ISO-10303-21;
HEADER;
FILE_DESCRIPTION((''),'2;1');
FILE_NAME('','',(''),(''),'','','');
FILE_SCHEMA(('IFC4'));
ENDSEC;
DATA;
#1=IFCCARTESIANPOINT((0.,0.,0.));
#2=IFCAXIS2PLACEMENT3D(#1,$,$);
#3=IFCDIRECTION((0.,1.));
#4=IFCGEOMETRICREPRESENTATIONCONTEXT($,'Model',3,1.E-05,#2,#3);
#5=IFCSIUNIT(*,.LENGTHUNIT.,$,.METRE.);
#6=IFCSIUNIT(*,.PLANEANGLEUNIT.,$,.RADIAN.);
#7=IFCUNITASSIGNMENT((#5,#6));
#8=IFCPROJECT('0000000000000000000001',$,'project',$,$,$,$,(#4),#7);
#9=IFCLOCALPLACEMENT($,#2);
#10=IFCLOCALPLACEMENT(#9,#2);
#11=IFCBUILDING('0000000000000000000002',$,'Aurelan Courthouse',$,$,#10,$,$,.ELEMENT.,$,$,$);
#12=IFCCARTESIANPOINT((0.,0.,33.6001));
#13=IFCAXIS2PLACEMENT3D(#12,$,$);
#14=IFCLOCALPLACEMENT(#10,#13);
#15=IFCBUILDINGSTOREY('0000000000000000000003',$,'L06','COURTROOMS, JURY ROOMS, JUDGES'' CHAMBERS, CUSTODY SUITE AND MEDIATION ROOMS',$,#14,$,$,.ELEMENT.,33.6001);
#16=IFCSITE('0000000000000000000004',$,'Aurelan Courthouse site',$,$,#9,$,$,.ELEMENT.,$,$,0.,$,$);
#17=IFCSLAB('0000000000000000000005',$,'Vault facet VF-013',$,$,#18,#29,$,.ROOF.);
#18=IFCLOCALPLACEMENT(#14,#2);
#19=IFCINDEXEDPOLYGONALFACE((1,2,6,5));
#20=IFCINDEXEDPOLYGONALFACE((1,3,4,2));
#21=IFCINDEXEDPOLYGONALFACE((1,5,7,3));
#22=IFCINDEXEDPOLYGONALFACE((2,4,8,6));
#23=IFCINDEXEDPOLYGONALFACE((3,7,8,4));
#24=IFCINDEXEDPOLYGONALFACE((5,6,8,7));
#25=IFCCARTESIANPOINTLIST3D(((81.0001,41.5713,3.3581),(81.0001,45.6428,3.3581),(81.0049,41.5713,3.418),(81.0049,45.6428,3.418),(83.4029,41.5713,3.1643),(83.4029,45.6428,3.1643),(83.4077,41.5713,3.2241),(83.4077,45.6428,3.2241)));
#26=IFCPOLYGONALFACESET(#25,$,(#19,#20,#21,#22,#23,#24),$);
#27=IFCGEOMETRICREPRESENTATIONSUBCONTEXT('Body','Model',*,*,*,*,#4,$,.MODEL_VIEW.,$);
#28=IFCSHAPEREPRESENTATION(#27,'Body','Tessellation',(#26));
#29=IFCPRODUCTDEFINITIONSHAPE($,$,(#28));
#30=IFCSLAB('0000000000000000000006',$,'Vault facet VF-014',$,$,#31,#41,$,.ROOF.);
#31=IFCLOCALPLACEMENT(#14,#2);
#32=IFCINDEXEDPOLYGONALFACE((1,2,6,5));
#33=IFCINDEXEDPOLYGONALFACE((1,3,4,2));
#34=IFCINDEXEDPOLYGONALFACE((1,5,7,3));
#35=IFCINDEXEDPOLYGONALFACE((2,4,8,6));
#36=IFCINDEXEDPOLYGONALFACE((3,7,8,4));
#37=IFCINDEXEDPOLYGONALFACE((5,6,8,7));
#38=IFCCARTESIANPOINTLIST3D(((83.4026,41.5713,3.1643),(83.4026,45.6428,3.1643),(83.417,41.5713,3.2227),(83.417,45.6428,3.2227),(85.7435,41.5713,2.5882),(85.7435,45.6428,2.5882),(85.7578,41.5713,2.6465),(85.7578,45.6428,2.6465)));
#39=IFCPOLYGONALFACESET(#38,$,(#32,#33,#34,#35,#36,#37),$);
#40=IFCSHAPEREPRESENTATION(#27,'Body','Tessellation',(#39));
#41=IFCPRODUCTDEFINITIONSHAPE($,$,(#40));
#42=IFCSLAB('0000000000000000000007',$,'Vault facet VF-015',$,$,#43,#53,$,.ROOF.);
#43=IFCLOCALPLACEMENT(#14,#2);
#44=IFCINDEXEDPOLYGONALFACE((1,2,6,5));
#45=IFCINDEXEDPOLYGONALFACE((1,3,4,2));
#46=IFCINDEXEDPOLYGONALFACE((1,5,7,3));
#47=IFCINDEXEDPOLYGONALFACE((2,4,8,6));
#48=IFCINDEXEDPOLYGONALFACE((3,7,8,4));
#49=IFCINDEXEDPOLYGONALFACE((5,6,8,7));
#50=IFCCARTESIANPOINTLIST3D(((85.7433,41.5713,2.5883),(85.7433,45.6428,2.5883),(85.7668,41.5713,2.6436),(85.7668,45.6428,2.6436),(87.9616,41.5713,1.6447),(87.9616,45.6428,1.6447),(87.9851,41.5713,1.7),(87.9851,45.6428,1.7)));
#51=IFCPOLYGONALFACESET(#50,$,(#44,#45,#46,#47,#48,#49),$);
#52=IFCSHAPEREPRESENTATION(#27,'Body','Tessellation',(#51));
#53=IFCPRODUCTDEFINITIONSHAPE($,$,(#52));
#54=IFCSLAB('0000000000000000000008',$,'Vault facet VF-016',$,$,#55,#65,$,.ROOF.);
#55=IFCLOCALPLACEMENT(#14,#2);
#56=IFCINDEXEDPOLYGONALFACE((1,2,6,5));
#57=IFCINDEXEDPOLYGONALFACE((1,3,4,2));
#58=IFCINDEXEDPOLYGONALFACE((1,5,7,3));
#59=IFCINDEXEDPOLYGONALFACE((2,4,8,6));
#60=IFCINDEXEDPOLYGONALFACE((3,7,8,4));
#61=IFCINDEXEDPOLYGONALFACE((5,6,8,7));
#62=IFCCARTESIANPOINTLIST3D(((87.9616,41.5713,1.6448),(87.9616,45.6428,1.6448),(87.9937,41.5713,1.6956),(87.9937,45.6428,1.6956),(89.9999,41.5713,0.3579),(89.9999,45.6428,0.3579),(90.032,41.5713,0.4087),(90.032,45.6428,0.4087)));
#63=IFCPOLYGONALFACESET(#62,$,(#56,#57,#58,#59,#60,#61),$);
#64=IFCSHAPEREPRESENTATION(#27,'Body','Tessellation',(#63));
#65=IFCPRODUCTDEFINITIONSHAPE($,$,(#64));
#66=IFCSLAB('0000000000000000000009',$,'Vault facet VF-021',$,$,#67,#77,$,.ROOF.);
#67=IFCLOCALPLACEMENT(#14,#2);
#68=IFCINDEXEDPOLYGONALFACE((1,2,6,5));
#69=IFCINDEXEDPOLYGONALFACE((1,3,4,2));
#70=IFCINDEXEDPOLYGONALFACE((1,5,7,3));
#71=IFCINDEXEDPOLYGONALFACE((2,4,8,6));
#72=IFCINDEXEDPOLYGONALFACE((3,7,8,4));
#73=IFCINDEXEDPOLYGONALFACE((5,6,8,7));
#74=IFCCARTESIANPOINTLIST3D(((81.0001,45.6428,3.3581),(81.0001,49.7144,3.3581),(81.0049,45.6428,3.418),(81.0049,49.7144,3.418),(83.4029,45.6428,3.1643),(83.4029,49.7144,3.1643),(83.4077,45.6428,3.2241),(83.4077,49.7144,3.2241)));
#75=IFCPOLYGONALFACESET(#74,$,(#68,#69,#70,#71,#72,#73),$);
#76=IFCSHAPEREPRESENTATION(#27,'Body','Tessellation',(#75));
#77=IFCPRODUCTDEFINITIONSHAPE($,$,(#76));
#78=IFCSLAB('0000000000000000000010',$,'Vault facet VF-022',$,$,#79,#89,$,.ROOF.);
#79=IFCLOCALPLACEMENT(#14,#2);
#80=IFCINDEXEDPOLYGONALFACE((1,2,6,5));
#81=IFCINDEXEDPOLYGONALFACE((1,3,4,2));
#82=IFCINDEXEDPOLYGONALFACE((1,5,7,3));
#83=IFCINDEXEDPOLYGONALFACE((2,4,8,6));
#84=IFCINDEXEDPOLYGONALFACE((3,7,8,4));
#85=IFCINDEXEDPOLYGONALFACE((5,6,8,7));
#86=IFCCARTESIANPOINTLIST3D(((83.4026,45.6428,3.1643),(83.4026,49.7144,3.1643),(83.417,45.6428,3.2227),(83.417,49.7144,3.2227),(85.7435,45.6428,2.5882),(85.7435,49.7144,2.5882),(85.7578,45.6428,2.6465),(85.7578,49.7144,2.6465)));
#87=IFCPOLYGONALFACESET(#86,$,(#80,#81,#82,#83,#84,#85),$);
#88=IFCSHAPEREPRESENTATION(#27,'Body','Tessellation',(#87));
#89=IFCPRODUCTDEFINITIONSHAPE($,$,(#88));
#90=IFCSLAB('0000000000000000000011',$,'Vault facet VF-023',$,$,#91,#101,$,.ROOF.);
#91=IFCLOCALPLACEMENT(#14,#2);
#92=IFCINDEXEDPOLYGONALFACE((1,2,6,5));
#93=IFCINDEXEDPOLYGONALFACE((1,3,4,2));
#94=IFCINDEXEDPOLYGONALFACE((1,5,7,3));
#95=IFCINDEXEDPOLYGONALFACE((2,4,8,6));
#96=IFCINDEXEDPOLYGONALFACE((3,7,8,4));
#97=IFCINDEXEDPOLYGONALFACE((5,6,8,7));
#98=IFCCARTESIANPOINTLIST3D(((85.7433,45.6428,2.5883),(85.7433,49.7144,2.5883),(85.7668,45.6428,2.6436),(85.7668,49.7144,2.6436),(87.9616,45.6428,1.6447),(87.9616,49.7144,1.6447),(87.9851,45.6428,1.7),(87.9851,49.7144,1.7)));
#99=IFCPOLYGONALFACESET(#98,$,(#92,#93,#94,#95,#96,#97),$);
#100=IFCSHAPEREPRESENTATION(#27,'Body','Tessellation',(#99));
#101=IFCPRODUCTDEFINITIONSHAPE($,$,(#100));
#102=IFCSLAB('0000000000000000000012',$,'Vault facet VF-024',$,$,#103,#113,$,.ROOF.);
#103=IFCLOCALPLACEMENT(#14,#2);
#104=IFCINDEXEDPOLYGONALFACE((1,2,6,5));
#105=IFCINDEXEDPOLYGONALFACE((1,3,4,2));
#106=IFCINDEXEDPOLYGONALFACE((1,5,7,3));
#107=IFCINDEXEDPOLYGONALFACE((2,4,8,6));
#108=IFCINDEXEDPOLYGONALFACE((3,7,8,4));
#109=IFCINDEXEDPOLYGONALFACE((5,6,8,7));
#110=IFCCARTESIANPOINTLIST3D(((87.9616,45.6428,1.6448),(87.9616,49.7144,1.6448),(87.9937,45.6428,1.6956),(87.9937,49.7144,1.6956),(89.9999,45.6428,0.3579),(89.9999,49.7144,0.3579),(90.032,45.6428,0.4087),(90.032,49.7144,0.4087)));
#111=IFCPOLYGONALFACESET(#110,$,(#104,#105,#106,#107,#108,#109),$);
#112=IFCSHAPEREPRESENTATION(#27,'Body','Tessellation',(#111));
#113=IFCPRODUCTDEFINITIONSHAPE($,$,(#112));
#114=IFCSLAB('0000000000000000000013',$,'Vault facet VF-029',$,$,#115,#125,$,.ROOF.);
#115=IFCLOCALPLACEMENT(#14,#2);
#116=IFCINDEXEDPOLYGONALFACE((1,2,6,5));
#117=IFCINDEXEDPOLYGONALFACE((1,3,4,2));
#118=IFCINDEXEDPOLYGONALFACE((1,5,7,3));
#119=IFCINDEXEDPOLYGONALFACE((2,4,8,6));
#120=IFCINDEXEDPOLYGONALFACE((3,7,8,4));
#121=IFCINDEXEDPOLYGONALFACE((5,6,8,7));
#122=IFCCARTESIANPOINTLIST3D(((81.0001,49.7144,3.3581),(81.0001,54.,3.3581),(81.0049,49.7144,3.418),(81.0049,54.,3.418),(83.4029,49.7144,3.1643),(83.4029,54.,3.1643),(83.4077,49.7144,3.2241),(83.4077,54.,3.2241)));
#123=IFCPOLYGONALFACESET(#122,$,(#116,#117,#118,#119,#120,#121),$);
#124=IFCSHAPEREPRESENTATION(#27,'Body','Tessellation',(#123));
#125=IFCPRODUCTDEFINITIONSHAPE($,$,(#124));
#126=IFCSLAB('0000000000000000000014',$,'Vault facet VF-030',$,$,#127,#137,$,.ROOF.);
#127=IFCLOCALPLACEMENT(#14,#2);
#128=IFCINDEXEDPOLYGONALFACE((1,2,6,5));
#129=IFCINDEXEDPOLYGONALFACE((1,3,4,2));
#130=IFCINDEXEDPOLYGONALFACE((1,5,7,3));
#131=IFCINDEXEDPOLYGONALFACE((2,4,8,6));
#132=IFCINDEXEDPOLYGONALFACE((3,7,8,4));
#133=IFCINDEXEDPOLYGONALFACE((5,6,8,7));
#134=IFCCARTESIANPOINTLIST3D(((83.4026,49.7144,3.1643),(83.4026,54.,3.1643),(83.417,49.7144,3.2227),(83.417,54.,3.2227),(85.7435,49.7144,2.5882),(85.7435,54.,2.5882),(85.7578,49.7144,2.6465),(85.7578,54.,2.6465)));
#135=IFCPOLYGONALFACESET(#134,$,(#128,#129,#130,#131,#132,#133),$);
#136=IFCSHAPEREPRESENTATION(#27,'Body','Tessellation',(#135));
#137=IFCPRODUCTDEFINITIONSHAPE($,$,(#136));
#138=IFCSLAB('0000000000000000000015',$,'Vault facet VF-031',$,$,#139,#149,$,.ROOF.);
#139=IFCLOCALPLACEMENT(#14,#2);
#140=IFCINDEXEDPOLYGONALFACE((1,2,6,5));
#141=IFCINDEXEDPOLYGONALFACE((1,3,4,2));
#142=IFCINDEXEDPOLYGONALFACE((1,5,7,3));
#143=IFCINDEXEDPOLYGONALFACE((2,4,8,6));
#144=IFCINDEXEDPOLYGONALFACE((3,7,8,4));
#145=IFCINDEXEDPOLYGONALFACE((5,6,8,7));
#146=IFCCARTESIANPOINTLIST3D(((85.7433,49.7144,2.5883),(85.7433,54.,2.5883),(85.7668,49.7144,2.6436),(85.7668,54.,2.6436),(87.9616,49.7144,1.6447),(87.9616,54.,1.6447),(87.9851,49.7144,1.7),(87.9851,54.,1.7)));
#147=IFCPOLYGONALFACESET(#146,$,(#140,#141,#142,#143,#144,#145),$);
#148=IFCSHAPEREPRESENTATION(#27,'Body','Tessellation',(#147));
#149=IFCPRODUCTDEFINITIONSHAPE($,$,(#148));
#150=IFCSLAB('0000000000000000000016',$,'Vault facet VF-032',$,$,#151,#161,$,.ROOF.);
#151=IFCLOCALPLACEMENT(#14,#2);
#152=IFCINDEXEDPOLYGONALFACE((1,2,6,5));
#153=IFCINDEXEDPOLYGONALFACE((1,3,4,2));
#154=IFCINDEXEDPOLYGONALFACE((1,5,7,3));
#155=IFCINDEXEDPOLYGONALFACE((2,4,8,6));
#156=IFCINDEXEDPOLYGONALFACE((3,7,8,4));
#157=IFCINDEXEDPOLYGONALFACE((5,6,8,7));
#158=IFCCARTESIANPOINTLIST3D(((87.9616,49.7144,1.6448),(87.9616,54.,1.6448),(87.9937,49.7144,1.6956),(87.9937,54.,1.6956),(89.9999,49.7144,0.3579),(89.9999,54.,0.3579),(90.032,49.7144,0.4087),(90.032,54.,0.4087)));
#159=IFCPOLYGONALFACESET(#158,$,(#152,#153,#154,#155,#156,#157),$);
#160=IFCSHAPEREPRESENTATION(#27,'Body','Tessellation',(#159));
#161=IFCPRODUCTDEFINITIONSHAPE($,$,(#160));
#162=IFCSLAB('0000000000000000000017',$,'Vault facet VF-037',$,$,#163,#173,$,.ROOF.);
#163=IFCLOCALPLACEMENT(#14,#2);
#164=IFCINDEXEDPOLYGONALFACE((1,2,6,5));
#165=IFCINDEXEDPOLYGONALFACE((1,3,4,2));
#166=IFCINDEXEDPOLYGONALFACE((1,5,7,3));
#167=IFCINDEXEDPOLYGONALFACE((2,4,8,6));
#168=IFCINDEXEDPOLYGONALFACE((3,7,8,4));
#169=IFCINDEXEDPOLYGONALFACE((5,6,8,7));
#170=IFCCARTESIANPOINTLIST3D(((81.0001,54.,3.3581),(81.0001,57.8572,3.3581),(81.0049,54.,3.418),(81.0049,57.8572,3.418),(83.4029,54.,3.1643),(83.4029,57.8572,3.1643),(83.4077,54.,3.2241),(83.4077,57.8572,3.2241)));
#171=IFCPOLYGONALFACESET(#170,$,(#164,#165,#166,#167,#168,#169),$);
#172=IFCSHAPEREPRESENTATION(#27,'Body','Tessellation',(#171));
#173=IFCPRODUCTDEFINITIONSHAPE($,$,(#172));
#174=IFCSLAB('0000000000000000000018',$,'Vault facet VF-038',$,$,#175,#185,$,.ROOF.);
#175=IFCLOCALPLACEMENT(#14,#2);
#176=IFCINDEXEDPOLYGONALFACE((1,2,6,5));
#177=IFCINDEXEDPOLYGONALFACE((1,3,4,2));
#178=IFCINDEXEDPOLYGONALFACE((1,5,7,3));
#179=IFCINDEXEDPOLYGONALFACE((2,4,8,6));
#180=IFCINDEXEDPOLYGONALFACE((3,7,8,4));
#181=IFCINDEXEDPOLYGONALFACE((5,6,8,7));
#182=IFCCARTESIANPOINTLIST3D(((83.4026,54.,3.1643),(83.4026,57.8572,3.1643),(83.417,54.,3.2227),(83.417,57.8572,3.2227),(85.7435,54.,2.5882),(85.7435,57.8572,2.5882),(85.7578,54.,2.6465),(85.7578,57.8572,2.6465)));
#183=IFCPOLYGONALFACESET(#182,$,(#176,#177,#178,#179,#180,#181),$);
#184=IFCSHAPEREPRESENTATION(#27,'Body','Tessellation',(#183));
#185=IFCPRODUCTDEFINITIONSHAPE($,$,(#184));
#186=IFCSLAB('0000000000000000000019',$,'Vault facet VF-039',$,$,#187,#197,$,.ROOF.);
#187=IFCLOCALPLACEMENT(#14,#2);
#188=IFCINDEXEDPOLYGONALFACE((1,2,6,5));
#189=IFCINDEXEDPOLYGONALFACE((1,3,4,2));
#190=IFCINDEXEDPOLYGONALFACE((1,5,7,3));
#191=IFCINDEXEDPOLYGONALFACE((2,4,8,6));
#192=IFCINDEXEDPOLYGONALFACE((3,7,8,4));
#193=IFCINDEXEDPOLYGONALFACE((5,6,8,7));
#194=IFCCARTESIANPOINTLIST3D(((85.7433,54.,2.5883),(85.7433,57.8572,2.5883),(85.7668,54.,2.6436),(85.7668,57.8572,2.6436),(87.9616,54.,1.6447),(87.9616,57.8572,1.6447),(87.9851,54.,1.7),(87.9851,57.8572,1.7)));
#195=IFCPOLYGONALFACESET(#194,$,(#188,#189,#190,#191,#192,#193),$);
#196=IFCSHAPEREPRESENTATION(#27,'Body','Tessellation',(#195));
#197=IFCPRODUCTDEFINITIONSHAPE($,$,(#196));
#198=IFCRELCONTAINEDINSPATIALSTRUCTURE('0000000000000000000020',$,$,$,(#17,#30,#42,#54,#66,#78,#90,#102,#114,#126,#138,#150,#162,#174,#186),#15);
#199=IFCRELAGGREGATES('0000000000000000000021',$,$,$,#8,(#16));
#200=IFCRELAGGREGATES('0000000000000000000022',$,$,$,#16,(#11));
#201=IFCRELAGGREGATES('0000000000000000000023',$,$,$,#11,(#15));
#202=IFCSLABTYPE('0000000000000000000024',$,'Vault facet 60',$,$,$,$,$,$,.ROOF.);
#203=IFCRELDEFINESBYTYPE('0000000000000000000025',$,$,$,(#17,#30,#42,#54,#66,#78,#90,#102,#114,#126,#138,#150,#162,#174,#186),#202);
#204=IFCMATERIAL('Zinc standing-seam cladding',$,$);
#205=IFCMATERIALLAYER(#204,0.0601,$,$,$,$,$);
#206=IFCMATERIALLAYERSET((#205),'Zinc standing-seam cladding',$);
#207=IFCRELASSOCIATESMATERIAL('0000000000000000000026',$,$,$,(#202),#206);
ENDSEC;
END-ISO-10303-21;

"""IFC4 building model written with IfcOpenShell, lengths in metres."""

from ifc_helpers import new_model, si_unit, direction, frame, origin, place, context, subcontext, project, spatial, polyline, outline, extrude, material, layer, layer_set, type_object, element, save


model = new_model("IFC4")

# Units and contexts
model_context = context("Model", 3, precision=1e-05, world=origin(), true_north=direction((0.0, 1.0)))
body_context = subcontext(model_context, "Body", "Model", "MODEL_VIEW")
ifc_project = project(units=[si_unit("LENGTHUNIT", "METRE"), si_unit("PLANEANGLEUNIT", "RADIAN")], contexts=[model_context])

# Site, building, storey
site_placement = place(None, origin())
site = spatial("IfcSite", under=ifc_project, at=site_placement, Name="Aurelan Courthouse site", CompositionType="ELEMENT", RefElevation=0.0)
building_placement = place(site_placement, origin())
building = spatial("IfcBuilding", under=site, at=building_placement, Name="Aurelan Courthouse", CompositionType="ELEMENT")
storey_placement = place(building_placement, frame((0.0, 0.0, 33.6001)))
storey = spatial("IfcBuildingStorey", under=building, at=storey_placement, Name="L06", Description="COURTROOMS, JURY ROOMS, JUDGES' CHAMBERS, CUSTODY SUITE AND MEDIATION ROOMS", CompositionType="ELEMENT", Elevation=33.6001)

# Slabs
ifc_material = material(Name="Zinc standing-seam cladding")
ifc_layer = layer(ifc_material, 0.0601)
ifc_layer_set = layer_set([ifc_layer], Name="Zinc standing-seam cladding")
slab_type = type_object("IfcSlabType", Name="Vault facet 60", PredefinedType="ROOF", material=ifc_layer_set)
slab_1_placement = place(storey_placement, frame((81.0049, 41.5713, 3.418), z_axis=(0.080413, 0.0, 0.996762), x_axis=(0.996762, 0.0, -0.080413)))
element("IfcSlab", 1, at=slab_1_placement, inside=storey, type_object=slab_type, Name="Vault facet VF-013", PredefinedType="ROOF", context=body_context, shape_type="SweptSolid", body=[
    extrude(outline(polyline([(0.0, 0.0), (2.4106, 0.0), (2.4106, 4.0715), (0.0, 4.0715), (0.0, 0.0)])), origin(), (0.0, 0.0, -1.0), 0.0601),
])
slab_2_placement = place(storey_placement, frame((83.417, 41.5713, 3.2227), z_axis=(0.239007, 0.0, 0.971018), x_axis=(0.971018, 0.0, -0.239007)))
element("IfcSlab", 2, at=slab_2_placement, inside=storey, type_object=slab_type, Name="Vault facet VF-014", PredefinedType="ROOF", context=body_context, shape_type="SweptSolid", body=[
    extrude(outline(polyline([(0.0, 0.0), (2.4107, 0.0), (2.4107, 4.0715), (0.0, 4.0715), (0.0, 0.0)])), origin(), (0.0, 0.0, -1.0), 0.0601),
])
slab_3_placement = place(storey_placement, frame((85.7668, 41.5713, 2.6436), z_axis=(0.391437, 0.0, 0.920205), x_axis=(0.920205, 0.0, -0.391437)))
element("IfcSlab", 3, at=slab_3_placement, inside=storey, type_object=slab_type, Name="Vault facet VF-015", PredefinedType="ROOF", context=body_context, shape_type="SweptSolid", body=[
    extrude(outline(polyline([(0.0, 0.0), (2.4106, 0.0), (2.4106, 4.0715), (0.0, 4.0715), (0.0, 0.0)])), origin(), (0.0, 0.0, -1.0), 0.0601),
])
slab_4_placement = place(storey_placement, frame((87.9937, 41.5713, 1.6956), z_axis=(0.533844, 0.0, 0.845583), x_axis=(0.845583, 0.0, -0.533844)))
element("IfcSlab", 4, at=slab_4_placement, inside=storey, type_object=slab_type, Name="Vault facet VF-016", PredefinedType="ROOF", context=body_context, shape_type="SweptSolid", body=[
    extrude(outline(polyline([(0.0, 0.0), (2.4106, 0.0), (2.4106, 4.0715), (0.0, 4.0715), (0.0, 0.0)])), origin(), (0.0, 0.0, -1.0), 0.0601),
])
slab_5_placement = place(storey_placement, frame((81.0049, 45.6428, 3.418), z_axis=(0.080413, 0.0, 0.996762), x_axis=(0.996762, 0.0, -0.080413)))
element("IfcSlab", 5, at=slab_5_placement, inside=storey, type_object=slab_type, Name="Vault facet VF-021", PredefinedType="ROOF", context=body_context, shape_type="SweptSolid", body=[
    extrude(outline(polyline([(0.0, 0.0), (2.4106, 0.0), (2.4106, 4.0715), (0.0, 4.0715), (0.0, 0.0)])), origin(), (0.0, 0.0, -1.0), 0.0601),
])
slab_6_placement = place(storey_placement, frame((83.417, 45.6428, 3.2227), z_axis=(0.239007, 0.0, 0.971018), x_axis=(0.971018, 0.0, -0.239007)))
element("IfcSlab", 6, at=slab_6_placement, inside=storey, type_object=slab_type, Name="Vault facet VF-022", PredefinedType="ROOF", context=body_context, shape_type="SweptSolid", body=[
    extrude(outline(polyline([(0.0, 0.0), (2.4107, 0.0), (2.4107, 4.0715), (0.0, 4.0715), (0.0, 0.0)])), origin(), (0.0, 0.0, -1.0), 0.0601),
])
slab_7_placement = place(storey_placement, frame((85.7668, 45.6428, 2.6436), z_axis=(0.391437, 0.0, 0.920205), x_axis=(0.920205, 0.0, -0.391437)))
element("IfcSlab", 7, at=slab_7_placement, inside=storey, type_object=slab_type, Name="Vault facet VF-023", PredefinedType="ROOF", context=body_context, shape_type="SweptSolid", body=[
    extrude(outline(polyline([(0.0, 0.0), (2.4106, 0.0), (2.4106, 4.0715), (0.0, 4.0715), (0.0, 0.0)])), origin(), (0.0, 0.0, -1.0), 0.0601),
])
slab_8_placement = place(storey_placement, frame((87.9937, 45.6428, 1.6956), z_axis=(0.533844, 0.0, 0.845583), x_axis=(0.845583, 0.0, -0.533844)))
element("IfcSlab", 8, at=slab_8_placement, inside=storey, type_object=slab_type, Name="Vault facet VF-024", PredefinedType="ROOF", context=body_context, shape_type="SweptSolid", body=[
    extrude(outline(polyline([(0.0, 0.0), (2.4106, 0.0), (2.4106, 4.0715), (0.0, 4.0715), (0.0, 0.0)])), origin(), (0.0, 0.0, -1.0), 0.0601),
])
slab_9_placement = place(storey_placement, frame((81.0049, 49.7144, 3.418), z_axis=(0.080413, 0.0, 0.996762), x_axis=(0.996762, 0.0, -0.080413)))
element("IfcSlab", 9, at=slab_9_placement, inside=storey, type_object=slab_type, Name="Vault facet VF-029", PredefinedType="ROOF", context=body_context, shape_type="SweptSolid", body=[
    extrude(outline(polyline([(0.0, 0.0), (2.4106, 0.0), (2.4106, 4.2856), (0.0, 4.2856), (0.0, 0.0)])), origin(), (0.0, 0.0, -1.0), 0.0601),
])
slab_10_placement = place(storey_placement, frame((83.417, 49.7144, 3.2227), z_axis=(0.239007, 0.0, 0.971018), x_axis=(0.971018, 0.0, -0.239007)))
element("IfcSlab", 10, at=slab_10_placement, inside=storey, type_object=slab_type, Name="Vault facet VF-030", PredefinedType="ROOF", context=body_context, shape_type="SweptSolid", body=[
    extrude(outline(polyline([(0.0, 0.0), (2.4107, 0.0), (2.4107, 4.2856), (0.0, 4.2856), (0.0, 0.0)])), origin(), (0.0, 0.0, -1.0), 0.0601),
])
slab_11_placement = place(storey_placement, frame((85.7668, 49.7144, 2.6436), z_axis=(0.391437, 0.0, 0.920205), x_axis=(0.920205, 0.0, -0.391437)))
element("IfcSlab", 11, at=slab_11_placement, inside=storey, type_object=slab_type, Name="Vault facet VF-031", PredefinedType="ROOF", context=body_context, shape_type="SweptSolid", body=[
    extrude(outline(polyline([(0.0, 0.0), (2.4106, 0.0), (2.4106, 4.2856), (0.0, 4.2856), (0.0, 0.0)])), origin(), (0.0, 0.0, -1.0), 0.0601),
])
slab_12_placement = place(storey_placement, frame((87.9937, 49.7144, 1.6956), z_axis=(0.533844, 0.0, 0.845583), x_axis=(0.845583, 0.0, -0.533844)))
element("IfcSlab", 12, at=slab_12_placement, inside=storey, type_object=slab_type, Name="Vault facet VF-032", PredefinedType="ROOF", context=body_context, shape_type="SweptSolid", body=[
    extrude(outline(polyline([(0.0, 0.0), (2.4106, 0.0), (2.4106, 4.2856), (0.0, 4.2856), (0.0, 0.0)])), origin(), (0.0, 0.0, -1.0), 0.0601),
])
slab_13_placement = place(storey_placement, frame((81.0049, 54.0, 3.418), z_axis=(0.080413, 0.0, 0.996762), x_axis=(0.996762, 0.0, -0.080413)))
element("IfcSlab", 13, at=slab_13_placement, inside=storey, type_object=slab_type, Name="Vault facet VF-037", PredefinedType="ROOF", context=body_context, shape_type="SweptSolid", body=[
    extrude(outline(polyline([(0.0, 0.0), (2.4106, 0.0), (2.4106, 3.8572), (0.0, 3.8572), (0.0, 0.0)])), origin(), (0.0, 0.0, -1.0), 0.0601),
])
slab_14_placement = place(storey_placement, frame((83.417, 54.0, 3.2227), z_axis=(0.239007, 0.0, 0.971018), x_axis=(0.971018, 0.0, -0.239007)))
element("IfcSlab", 14, at=slab_14_placement, inside=storey, type_object=slab_type, Name="Vault facet VF-038", PredefinedType="ROOF", context=body_context, shape_type="SweptSolid", body=[
    extrude(outline(polyline([(0.0, 0.0), (2.4107, 0.0), (2.4107, 3.8572), (0.0, 3.8572), (0.0, 0.0)])), origin(), (0.0, 0.0, -1.0), 0.0601),
])
slab_15_placement = place(storey_placement, frame((85.7668, 54.0, 2.6436), z_axis=(0.391437, 0.0, 0.920205), x_axis=(0.920205, 0.0, -0.391437)))
element("IfcSlab", 15, at=slab_15_placement, inside=storey, type_object=slab_type, Name="Vault facet VF-039", PredefinedType="ROOF", context=body_context, shape_type="SweptSolid", body=[
    extrude(outline(polyline([(0.0, 0.0), (2.4106, 0.0), (2.4106, 3.8572), (0.0, 3.8572), (0.0, 0.0)])), origin(), (0.0, 0.0, -1.0), 0.0601),
])

save(model, "model.ifc")
